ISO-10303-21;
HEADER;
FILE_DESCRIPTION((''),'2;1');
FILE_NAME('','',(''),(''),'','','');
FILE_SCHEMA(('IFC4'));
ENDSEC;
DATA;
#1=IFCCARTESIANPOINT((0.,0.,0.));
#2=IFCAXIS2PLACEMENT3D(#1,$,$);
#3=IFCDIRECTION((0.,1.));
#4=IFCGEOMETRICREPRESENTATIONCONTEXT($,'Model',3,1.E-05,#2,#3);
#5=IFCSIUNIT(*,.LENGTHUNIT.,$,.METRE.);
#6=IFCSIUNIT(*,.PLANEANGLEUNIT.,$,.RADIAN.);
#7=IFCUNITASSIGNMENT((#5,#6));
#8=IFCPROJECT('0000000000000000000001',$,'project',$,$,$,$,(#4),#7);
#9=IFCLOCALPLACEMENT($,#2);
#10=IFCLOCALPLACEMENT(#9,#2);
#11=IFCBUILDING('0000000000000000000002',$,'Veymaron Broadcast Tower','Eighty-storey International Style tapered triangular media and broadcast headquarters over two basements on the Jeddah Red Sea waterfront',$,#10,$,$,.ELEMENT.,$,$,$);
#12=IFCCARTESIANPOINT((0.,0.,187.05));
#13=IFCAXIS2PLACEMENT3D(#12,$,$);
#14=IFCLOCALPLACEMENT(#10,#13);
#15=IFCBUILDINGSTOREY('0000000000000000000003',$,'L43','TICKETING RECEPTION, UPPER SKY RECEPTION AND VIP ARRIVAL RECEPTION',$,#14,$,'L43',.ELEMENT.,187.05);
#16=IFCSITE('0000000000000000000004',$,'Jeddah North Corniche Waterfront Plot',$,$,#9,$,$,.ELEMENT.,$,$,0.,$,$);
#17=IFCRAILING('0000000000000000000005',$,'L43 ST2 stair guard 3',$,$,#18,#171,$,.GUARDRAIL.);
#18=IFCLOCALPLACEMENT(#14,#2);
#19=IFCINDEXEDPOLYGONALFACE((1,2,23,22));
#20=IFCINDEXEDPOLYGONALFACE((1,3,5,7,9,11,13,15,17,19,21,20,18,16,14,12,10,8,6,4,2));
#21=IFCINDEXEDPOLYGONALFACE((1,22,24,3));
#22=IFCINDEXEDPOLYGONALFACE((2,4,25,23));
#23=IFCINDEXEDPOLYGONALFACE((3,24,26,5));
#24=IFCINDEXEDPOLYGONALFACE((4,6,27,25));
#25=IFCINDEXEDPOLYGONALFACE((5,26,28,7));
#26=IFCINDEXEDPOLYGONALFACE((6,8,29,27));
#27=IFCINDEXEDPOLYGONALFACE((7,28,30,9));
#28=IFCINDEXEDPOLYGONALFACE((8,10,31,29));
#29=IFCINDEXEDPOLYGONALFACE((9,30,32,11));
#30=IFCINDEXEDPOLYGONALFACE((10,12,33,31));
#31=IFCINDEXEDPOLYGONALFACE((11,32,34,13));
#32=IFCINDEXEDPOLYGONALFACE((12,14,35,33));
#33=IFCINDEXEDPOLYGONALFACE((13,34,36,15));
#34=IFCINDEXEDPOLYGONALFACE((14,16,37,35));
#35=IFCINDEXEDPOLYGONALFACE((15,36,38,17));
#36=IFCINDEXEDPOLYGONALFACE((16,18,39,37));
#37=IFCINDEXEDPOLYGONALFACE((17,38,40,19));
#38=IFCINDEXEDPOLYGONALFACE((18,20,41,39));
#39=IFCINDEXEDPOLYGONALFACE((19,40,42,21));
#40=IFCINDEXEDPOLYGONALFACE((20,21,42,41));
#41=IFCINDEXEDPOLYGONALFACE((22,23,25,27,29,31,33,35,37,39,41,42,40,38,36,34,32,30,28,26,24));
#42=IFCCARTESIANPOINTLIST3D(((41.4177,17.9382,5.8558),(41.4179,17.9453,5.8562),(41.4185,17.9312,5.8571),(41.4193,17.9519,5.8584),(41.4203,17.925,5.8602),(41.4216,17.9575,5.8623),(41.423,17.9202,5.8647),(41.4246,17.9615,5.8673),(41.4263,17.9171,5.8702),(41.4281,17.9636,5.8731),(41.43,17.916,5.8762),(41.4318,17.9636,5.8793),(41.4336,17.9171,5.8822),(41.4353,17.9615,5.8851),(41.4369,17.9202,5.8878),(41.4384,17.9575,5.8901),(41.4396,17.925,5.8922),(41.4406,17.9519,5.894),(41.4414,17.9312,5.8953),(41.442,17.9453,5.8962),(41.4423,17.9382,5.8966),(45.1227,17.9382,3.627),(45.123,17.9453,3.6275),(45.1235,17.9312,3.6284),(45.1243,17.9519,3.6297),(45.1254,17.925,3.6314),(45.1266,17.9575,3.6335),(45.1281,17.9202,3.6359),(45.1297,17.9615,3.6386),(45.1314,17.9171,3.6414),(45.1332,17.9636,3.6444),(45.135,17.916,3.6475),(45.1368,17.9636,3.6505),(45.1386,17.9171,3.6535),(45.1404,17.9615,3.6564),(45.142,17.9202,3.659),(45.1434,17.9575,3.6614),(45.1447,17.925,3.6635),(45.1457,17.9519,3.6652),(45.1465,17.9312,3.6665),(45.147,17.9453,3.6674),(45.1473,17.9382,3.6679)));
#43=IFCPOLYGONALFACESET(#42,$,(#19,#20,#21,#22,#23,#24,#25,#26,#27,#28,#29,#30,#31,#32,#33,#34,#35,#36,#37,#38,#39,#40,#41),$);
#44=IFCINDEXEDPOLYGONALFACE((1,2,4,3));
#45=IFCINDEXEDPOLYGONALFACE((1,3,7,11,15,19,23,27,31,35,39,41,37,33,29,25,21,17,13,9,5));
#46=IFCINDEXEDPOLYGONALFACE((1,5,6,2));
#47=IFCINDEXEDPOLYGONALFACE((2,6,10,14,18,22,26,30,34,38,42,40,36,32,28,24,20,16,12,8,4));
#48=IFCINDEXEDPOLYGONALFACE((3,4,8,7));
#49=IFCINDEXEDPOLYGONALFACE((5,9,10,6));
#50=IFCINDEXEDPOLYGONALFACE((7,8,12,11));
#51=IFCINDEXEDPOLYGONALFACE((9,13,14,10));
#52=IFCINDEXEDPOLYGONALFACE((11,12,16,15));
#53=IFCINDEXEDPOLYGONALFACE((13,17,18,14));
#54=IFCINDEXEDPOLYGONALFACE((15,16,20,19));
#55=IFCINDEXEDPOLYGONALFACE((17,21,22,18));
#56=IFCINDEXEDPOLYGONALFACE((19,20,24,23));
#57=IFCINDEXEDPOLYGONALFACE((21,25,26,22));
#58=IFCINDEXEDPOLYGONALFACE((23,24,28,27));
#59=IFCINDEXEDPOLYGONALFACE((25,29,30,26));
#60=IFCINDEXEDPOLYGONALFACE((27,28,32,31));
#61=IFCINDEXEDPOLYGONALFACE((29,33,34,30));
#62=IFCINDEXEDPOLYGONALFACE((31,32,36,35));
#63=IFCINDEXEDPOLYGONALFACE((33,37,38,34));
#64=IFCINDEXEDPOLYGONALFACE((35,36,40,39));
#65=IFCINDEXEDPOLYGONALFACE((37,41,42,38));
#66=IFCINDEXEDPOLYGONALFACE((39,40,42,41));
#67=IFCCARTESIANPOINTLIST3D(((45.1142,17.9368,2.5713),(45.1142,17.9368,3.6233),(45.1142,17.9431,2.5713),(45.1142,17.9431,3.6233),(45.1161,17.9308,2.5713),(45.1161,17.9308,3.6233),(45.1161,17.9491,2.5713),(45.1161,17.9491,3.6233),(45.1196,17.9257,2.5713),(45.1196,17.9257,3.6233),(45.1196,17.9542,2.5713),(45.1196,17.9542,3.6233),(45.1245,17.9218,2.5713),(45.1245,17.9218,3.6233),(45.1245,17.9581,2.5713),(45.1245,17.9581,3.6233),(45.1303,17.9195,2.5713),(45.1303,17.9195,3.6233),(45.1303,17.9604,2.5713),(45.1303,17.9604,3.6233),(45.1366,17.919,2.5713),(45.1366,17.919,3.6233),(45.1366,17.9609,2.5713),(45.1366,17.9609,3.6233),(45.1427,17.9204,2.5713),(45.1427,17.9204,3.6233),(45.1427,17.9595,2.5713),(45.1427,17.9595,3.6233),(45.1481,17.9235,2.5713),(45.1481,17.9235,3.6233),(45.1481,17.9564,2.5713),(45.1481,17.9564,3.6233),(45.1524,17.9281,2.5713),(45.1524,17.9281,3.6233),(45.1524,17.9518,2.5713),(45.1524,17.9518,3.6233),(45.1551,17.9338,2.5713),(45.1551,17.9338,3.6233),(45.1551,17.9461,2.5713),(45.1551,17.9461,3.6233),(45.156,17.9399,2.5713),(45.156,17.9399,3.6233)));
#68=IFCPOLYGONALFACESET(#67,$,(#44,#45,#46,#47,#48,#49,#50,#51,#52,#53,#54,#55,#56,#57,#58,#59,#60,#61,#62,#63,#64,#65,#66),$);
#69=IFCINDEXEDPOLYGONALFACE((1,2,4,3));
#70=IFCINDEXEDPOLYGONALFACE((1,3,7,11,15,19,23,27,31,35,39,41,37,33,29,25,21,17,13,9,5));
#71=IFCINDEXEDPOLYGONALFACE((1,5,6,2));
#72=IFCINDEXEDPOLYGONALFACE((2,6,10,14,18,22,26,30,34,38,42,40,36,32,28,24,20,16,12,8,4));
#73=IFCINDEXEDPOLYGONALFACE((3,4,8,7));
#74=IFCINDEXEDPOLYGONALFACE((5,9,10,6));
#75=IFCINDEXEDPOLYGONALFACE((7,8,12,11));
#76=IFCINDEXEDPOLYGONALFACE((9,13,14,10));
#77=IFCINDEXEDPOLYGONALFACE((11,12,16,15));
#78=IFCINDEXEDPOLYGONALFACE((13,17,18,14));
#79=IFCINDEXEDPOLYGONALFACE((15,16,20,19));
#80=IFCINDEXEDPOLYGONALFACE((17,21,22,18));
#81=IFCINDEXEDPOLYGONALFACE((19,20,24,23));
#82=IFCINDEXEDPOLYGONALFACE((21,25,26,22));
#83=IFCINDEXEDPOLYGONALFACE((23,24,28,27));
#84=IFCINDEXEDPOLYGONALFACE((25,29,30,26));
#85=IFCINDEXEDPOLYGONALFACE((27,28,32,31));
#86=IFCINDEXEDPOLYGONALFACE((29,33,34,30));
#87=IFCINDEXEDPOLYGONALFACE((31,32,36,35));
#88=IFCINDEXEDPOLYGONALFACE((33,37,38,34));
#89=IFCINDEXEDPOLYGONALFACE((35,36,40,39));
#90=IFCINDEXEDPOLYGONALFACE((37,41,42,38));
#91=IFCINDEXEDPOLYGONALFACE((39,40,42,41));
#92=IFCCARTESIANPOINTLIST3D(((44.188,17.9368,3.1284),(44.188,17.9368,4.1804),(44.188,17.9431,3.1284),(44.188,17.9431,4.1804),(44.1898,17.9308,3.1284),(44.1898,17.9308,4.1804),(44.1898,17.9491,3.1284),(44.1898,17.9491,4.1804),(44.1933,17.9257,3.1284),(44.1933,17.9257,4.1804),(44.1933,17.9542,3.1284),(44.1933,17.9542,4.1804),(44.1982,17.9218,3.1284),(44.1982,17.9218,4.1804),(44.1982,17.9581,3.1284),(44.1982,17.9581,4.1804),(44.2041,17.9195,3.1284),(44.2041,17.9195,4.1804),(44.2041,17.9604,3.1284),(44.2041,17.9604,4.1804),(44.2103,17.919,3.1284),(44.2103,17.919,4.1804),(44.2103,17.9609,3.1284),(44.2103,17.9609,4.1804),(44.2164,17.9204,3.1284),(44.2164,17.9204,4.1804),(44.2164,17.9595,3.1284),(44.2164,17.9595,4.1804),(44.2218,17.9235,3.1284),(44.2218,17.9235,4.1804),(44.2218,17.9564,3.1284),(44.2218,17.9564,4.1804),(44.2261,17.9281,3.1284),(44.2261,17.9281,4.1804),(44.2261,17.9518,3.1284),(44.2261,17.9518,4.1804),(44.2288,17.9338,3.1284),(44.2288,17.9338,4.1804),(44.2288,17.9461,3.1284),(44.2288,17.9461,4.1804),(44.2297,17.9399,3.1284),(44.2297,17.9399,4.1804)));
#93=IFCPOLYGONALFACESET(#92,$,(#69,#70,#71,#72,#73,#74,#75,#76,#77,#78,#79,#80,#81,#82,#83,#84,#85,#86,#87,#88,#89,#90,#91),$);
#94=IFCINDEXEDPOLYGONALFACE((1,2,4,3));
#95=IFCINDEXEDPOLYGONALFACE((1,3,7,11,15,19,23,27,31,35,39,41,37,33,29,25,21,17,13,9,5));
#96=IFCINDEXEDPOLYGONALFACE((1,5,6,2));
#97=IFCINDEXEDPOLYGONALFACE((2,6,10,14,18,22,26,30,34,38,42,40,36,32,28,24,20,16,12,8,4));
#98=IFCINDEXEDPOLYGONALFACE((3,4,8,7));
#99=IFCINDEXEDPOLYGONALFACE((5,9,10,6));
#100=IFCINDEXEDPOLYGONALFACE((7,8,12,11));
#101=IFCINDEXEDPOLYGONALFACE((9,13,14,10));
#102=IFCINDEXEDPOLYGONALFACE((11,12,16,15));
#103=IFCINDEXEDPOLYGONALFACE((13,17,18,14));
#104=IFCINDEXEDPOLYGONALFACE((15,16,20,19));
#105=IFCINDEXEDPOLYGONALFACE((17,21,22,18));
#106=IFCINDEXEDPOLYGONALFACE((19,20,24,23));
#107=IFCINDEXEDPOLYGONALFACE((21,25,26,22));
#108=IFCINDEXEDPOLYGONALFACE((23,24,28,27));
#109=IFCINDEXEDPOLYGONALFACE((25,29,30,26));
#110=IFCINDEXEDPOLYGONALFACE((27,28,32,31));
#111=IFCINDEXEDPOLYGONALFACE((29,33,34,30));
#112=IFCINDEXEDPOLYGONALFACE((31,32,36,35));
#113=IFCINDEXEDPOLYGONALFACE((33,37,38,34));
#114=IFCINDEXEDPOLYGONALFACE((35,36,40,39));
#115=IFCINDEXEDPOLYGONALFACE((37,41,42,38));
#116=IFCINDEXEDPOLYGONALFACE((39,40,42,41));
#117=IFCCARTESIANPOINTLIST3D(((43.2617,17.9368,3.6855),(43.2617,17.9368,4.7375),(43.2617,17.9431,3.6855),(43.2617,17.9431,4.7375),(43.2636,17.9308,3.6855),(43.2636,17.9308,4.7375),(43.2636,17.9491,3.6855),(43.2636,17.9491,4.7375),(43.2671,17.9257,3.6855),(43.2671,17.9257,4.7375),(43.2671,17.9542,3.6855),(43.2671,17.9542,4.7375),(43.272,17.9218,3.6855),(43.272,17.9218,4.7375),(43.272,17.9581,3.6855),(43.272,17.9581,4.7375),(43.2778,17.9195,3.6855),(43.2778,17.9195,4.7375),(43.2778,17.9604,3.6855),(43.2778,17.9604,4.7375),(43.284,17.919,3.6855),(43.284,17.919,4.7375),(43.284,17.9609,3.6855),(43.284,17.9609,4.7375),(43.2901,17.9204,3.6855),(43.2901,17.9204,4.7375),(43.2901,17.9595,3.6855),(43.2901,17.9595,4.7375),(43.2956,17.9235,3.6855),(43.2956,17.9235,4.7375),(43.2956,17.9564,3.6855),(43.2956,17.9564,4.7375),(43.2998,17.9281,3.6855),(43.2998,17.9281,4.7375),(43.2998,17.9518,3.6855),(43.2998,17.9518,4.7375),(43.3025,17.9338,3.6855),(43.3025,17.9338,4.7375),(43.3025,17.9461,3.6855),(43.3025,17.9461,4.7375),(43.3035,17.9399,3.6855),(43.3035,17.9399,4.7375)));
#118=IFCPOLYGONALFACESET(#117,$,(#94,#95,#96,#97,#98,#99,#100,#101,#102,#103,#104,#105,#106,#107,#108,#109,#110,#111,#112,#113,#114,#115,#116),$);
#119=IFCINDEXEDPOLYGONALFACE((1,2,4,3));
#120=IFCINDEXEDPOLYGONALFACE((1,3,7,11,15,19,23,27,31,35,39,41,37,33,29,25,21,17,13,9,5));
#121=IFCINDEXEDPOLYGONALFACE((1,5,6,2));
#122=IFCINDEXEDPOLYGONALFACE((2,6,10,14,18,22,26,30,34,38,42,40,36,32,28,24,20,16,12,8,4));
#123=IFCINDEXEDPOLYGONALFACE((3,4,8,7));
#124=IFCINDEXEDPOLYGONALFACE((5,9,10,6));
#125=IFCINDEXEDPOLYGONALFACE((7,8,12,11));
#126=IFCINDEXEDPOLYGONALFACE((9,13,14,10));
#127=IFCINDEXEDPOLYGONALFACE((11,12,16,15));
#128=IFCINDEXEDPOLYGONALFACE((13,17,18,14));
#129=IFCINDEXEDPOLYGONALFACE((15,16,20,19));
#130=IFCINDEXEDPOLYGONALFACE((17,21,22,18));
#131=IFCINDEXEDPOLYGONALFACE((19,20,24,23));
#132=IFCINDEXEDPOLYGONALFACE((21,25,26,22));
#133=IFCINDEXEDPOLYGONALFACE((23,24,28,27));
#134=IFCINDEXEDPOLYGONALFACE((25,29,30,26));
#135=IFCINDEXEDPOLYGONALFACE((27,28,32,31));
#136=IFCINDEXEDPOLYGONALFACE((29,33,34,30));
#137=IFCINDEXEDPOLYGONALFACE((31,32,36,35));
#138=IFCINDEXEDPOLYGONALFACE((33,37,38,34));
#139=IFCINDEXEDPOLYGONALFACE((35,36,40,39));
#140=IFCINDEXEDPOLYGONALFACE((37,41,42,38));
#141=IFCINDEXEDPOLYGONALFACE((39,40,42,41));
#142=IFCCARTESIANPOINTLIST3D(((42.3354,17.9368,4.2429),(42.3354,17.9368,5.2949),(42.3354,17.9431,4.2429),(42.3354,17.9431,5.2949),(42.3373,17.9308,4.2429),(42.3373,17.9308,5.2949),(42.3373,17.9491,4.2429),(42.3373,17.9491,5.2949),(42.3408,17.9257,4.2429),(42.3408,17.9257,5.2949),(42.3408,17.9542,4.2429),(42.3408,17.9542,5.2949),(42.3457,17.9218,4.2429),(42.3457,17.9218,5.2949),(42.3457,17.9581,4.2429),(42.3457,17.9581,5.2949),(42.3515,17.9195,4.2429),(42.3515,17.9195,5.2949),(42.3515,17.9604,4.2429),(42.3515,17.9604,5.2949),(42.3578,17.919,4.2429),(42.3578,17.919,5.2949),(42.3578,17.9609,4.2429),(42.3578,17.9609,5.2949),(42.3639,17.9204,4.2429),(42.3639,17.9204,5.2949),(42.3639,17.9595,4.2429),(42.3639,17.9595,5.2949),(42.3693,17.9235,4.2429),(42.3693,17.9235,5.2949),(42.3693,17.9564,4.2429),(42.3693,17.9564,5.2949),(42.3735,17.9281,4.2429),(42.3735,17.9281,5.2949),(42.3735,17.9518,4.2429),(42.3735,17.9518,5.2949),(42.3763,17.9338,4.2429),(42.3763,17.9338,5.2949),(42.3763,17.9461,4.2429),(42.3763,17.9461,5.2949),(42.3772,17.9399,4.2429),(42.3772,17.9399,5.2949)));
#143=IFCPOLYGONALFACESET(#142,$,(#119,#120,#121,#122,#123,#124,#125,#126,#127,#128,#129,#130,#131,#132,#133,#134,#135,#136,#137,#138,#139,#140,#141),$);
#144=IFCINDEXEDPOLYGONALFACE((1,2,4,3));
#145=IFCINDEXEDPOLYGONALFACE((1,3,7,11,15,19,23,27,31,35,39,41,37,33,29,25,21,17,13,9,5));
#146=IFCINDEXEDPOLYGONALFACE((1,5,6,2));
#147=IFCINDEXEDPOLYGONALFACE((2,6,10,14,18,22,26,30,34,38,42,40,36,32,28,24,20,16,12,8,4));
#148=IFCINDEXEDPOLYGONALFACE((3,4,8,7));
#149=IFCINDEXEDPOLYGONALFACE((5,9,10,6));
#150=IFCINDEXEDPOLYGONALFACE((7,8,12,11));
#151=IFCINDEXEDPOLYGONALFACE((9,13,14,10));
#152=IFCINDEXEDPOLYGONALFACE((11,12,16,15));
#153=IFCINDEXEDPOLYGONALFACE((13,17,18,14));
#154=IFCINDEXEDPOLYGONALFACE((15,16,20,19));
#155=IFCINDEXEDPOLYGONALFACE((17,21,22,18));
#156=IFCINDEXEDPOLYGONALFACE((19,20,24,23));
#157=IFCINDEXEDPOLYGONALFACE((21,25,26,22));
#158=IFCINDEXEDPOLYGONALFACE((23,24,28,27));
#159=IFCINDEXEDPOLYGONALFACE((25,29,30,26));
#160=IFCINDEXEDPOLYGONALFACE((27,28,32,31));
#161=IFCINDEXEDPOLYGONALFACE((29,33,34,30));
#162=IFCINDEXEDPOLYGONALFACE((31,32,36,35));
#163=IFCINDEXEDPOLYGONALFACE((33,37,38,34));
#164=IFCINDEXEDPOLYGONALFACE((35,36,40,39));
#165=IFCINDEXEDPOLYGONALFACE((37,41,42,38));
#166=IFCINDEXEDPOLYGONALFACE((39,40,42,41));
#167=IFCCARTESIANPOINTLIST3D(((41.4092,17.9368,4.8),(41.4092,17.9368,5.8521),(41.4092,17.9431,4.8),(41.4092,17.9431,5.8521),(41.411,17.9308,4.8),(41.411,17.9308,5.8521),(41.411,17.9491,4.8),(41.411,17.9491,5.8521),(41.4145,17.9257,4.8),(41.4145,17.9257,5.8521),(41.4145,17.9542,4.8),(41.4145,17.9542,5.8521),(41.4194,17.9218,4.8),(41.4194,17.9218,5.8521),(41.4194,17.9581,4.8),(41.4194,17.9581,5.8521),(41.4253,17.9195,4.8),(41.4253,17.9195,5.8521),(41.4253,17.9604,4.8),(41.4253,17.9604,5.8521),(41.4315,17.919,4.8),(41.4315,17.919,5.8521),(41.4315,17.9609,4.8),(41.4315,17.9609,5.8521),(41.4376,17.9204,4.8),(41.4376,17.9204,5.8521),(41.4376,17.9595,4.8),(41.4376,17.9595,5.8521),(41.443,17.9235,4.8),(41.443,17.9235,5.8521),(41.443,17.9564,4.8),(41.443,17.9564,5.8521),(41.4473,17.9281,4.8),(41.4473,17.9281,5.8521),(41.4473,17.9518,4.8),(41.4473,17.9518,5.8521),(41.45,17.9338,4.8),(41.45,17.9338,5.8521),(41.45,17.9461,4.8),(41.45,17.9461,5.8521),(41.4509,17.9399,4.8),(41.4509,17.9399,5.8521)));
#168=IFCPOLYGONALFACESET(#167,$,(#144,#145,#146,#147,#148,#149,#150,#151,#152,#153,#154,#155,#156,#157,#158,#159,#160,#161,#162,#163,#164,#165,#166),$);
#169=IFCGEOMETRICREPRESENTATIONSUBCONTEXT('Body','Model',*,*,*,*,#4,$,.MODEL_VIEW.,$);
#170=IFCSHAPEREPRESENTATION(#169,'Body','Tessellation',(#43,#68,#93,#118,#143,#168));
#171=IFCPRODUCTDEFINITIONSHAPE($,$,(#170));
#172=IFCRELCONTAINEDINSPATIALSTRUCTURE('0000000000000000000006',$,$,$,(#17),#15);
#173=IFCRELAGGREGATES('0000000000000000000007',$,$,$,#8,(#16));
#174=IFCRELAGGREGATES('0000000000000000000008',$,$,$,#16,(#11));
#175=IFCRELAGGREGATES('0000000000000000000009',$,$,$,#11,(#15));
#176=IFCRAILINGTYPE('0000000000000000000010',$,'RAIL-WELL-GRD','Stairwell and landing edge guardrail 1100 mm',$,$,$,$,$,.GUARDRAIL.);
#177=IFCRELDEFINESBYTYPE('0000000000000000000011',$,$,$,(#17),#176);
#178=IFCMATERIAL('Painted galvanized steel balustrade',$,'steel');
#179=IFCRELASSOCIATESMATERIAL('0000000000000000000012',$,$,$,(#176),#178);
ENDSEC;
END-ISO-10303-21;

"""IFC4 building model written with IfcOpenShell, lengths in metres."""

from ifc_helpers import new_model, si_unit, direction, frame, origin, origin_2d, place, context, subcontext, project, spatial, circle, extrude, material, type_object, element, save


model = new_model("IFC4")

# Units and contexts
model_context = context("Model", 3, precision=1e-05, world=origin(), true_north=direction((0.0, 1.0)))
body_context = subcontext(model_context, "Body", "Model", "MODEL_VIEW")
ifc_project = project(units=[si_unit("LENGTHUNIT", "METRE"), si_unit("PLANEANGLEUNIT", "RADIAN")], contexts=[model_context])

# Site, building, storey
site_placement = place(None, origin())
site = spatial("IfcSite", under=ifc_project, at=site_placement, Name="Jeddah North Corniche Waterfront Plot", CompositionType="ELEMENT", RefElevation=0.0)
building_placement = place(site_placement, origin())
building = spatial("IfcBuilding", under=site, at=building_placement, Name="Veymaron Broadcast Tower", Description="Eighty-storey International Style tapered triangular media and broadcast headquarters over two basements on the Jeddah Red Sea waterfront", CompositionType="ELEMENT")
storey_placement = place(building_placement, frame((0.0, 0.0, 187.05)))
storey = spatial("IfcBuildingStorey", under=building, at=storey_placement, Name="L43", Description="TICKETING RECEPTION, UPPER SKY RECEPTION AND VIP ARRIVAL RECEPTION", LongName="L43", CompositionType="ELEMENT", Elevation=187.05)

# Railing
ifc_material_1 = material(Name="Painted galvanized steel balustrade", Category="steel")
railing_type_1 = type_object("IfcRailingType", Name="RAIL-WELL-GRD", Description="Stairwell and landing edge guardrail 1100 mm", PredefinedType="GUARDRAIL", material=ifc_material_1)
railing_1_placement = place(storey_placement, frame((45.135, 17.9399, 2.5713)))
element("IfcRailing", 1, at=railing_1_placement, inside=storey, type_object=railing_type_1, Name="L43 ST2 stair guard 3", PredefinedType="GUARDRAIL", context=body_context, shape_type="SweptSolid", body=[
    extrude(circle(Radius=0.0239, at=origin_2d()), frame((0.0, 0.0, 1.0762), z_axis=(-0.856909, 0.0, 0.515467), x_axis=(0.0, -1.0, 0.0)), (0.0, 0.0, 1.0), 4.3237),
    extrude(circle(Radius=0.021, at=origin_2d()), origin(), (0.0, 0.0, 1.0), 1.052),
    extrude(circle(Radius=0.021, at=origin_2d()), frame((-0.9263, 0.0, 0.5571)), (0.0, 0.0, 1.0), 1.052),
    extrude(circle(Radius=0.021, at=origin_2d()), frame((-1.8525, 0.0, 1.1143)), (0.0, 0.0, 1.0), 1.052),
    extrude(circle(Radius=0.021, at=origin_2d()), frame((-2.7788, 0.0, 1.6716)), (0.0, 0.0, 1.0), 1.052),
    extrude(circle(Radius=0.021, at=origin_2d()), frame((-3.7051, 0.0, 2.2288)), (0.0, 0.0, 1.0), 1.052),
])

save(model, "model.ifc")
